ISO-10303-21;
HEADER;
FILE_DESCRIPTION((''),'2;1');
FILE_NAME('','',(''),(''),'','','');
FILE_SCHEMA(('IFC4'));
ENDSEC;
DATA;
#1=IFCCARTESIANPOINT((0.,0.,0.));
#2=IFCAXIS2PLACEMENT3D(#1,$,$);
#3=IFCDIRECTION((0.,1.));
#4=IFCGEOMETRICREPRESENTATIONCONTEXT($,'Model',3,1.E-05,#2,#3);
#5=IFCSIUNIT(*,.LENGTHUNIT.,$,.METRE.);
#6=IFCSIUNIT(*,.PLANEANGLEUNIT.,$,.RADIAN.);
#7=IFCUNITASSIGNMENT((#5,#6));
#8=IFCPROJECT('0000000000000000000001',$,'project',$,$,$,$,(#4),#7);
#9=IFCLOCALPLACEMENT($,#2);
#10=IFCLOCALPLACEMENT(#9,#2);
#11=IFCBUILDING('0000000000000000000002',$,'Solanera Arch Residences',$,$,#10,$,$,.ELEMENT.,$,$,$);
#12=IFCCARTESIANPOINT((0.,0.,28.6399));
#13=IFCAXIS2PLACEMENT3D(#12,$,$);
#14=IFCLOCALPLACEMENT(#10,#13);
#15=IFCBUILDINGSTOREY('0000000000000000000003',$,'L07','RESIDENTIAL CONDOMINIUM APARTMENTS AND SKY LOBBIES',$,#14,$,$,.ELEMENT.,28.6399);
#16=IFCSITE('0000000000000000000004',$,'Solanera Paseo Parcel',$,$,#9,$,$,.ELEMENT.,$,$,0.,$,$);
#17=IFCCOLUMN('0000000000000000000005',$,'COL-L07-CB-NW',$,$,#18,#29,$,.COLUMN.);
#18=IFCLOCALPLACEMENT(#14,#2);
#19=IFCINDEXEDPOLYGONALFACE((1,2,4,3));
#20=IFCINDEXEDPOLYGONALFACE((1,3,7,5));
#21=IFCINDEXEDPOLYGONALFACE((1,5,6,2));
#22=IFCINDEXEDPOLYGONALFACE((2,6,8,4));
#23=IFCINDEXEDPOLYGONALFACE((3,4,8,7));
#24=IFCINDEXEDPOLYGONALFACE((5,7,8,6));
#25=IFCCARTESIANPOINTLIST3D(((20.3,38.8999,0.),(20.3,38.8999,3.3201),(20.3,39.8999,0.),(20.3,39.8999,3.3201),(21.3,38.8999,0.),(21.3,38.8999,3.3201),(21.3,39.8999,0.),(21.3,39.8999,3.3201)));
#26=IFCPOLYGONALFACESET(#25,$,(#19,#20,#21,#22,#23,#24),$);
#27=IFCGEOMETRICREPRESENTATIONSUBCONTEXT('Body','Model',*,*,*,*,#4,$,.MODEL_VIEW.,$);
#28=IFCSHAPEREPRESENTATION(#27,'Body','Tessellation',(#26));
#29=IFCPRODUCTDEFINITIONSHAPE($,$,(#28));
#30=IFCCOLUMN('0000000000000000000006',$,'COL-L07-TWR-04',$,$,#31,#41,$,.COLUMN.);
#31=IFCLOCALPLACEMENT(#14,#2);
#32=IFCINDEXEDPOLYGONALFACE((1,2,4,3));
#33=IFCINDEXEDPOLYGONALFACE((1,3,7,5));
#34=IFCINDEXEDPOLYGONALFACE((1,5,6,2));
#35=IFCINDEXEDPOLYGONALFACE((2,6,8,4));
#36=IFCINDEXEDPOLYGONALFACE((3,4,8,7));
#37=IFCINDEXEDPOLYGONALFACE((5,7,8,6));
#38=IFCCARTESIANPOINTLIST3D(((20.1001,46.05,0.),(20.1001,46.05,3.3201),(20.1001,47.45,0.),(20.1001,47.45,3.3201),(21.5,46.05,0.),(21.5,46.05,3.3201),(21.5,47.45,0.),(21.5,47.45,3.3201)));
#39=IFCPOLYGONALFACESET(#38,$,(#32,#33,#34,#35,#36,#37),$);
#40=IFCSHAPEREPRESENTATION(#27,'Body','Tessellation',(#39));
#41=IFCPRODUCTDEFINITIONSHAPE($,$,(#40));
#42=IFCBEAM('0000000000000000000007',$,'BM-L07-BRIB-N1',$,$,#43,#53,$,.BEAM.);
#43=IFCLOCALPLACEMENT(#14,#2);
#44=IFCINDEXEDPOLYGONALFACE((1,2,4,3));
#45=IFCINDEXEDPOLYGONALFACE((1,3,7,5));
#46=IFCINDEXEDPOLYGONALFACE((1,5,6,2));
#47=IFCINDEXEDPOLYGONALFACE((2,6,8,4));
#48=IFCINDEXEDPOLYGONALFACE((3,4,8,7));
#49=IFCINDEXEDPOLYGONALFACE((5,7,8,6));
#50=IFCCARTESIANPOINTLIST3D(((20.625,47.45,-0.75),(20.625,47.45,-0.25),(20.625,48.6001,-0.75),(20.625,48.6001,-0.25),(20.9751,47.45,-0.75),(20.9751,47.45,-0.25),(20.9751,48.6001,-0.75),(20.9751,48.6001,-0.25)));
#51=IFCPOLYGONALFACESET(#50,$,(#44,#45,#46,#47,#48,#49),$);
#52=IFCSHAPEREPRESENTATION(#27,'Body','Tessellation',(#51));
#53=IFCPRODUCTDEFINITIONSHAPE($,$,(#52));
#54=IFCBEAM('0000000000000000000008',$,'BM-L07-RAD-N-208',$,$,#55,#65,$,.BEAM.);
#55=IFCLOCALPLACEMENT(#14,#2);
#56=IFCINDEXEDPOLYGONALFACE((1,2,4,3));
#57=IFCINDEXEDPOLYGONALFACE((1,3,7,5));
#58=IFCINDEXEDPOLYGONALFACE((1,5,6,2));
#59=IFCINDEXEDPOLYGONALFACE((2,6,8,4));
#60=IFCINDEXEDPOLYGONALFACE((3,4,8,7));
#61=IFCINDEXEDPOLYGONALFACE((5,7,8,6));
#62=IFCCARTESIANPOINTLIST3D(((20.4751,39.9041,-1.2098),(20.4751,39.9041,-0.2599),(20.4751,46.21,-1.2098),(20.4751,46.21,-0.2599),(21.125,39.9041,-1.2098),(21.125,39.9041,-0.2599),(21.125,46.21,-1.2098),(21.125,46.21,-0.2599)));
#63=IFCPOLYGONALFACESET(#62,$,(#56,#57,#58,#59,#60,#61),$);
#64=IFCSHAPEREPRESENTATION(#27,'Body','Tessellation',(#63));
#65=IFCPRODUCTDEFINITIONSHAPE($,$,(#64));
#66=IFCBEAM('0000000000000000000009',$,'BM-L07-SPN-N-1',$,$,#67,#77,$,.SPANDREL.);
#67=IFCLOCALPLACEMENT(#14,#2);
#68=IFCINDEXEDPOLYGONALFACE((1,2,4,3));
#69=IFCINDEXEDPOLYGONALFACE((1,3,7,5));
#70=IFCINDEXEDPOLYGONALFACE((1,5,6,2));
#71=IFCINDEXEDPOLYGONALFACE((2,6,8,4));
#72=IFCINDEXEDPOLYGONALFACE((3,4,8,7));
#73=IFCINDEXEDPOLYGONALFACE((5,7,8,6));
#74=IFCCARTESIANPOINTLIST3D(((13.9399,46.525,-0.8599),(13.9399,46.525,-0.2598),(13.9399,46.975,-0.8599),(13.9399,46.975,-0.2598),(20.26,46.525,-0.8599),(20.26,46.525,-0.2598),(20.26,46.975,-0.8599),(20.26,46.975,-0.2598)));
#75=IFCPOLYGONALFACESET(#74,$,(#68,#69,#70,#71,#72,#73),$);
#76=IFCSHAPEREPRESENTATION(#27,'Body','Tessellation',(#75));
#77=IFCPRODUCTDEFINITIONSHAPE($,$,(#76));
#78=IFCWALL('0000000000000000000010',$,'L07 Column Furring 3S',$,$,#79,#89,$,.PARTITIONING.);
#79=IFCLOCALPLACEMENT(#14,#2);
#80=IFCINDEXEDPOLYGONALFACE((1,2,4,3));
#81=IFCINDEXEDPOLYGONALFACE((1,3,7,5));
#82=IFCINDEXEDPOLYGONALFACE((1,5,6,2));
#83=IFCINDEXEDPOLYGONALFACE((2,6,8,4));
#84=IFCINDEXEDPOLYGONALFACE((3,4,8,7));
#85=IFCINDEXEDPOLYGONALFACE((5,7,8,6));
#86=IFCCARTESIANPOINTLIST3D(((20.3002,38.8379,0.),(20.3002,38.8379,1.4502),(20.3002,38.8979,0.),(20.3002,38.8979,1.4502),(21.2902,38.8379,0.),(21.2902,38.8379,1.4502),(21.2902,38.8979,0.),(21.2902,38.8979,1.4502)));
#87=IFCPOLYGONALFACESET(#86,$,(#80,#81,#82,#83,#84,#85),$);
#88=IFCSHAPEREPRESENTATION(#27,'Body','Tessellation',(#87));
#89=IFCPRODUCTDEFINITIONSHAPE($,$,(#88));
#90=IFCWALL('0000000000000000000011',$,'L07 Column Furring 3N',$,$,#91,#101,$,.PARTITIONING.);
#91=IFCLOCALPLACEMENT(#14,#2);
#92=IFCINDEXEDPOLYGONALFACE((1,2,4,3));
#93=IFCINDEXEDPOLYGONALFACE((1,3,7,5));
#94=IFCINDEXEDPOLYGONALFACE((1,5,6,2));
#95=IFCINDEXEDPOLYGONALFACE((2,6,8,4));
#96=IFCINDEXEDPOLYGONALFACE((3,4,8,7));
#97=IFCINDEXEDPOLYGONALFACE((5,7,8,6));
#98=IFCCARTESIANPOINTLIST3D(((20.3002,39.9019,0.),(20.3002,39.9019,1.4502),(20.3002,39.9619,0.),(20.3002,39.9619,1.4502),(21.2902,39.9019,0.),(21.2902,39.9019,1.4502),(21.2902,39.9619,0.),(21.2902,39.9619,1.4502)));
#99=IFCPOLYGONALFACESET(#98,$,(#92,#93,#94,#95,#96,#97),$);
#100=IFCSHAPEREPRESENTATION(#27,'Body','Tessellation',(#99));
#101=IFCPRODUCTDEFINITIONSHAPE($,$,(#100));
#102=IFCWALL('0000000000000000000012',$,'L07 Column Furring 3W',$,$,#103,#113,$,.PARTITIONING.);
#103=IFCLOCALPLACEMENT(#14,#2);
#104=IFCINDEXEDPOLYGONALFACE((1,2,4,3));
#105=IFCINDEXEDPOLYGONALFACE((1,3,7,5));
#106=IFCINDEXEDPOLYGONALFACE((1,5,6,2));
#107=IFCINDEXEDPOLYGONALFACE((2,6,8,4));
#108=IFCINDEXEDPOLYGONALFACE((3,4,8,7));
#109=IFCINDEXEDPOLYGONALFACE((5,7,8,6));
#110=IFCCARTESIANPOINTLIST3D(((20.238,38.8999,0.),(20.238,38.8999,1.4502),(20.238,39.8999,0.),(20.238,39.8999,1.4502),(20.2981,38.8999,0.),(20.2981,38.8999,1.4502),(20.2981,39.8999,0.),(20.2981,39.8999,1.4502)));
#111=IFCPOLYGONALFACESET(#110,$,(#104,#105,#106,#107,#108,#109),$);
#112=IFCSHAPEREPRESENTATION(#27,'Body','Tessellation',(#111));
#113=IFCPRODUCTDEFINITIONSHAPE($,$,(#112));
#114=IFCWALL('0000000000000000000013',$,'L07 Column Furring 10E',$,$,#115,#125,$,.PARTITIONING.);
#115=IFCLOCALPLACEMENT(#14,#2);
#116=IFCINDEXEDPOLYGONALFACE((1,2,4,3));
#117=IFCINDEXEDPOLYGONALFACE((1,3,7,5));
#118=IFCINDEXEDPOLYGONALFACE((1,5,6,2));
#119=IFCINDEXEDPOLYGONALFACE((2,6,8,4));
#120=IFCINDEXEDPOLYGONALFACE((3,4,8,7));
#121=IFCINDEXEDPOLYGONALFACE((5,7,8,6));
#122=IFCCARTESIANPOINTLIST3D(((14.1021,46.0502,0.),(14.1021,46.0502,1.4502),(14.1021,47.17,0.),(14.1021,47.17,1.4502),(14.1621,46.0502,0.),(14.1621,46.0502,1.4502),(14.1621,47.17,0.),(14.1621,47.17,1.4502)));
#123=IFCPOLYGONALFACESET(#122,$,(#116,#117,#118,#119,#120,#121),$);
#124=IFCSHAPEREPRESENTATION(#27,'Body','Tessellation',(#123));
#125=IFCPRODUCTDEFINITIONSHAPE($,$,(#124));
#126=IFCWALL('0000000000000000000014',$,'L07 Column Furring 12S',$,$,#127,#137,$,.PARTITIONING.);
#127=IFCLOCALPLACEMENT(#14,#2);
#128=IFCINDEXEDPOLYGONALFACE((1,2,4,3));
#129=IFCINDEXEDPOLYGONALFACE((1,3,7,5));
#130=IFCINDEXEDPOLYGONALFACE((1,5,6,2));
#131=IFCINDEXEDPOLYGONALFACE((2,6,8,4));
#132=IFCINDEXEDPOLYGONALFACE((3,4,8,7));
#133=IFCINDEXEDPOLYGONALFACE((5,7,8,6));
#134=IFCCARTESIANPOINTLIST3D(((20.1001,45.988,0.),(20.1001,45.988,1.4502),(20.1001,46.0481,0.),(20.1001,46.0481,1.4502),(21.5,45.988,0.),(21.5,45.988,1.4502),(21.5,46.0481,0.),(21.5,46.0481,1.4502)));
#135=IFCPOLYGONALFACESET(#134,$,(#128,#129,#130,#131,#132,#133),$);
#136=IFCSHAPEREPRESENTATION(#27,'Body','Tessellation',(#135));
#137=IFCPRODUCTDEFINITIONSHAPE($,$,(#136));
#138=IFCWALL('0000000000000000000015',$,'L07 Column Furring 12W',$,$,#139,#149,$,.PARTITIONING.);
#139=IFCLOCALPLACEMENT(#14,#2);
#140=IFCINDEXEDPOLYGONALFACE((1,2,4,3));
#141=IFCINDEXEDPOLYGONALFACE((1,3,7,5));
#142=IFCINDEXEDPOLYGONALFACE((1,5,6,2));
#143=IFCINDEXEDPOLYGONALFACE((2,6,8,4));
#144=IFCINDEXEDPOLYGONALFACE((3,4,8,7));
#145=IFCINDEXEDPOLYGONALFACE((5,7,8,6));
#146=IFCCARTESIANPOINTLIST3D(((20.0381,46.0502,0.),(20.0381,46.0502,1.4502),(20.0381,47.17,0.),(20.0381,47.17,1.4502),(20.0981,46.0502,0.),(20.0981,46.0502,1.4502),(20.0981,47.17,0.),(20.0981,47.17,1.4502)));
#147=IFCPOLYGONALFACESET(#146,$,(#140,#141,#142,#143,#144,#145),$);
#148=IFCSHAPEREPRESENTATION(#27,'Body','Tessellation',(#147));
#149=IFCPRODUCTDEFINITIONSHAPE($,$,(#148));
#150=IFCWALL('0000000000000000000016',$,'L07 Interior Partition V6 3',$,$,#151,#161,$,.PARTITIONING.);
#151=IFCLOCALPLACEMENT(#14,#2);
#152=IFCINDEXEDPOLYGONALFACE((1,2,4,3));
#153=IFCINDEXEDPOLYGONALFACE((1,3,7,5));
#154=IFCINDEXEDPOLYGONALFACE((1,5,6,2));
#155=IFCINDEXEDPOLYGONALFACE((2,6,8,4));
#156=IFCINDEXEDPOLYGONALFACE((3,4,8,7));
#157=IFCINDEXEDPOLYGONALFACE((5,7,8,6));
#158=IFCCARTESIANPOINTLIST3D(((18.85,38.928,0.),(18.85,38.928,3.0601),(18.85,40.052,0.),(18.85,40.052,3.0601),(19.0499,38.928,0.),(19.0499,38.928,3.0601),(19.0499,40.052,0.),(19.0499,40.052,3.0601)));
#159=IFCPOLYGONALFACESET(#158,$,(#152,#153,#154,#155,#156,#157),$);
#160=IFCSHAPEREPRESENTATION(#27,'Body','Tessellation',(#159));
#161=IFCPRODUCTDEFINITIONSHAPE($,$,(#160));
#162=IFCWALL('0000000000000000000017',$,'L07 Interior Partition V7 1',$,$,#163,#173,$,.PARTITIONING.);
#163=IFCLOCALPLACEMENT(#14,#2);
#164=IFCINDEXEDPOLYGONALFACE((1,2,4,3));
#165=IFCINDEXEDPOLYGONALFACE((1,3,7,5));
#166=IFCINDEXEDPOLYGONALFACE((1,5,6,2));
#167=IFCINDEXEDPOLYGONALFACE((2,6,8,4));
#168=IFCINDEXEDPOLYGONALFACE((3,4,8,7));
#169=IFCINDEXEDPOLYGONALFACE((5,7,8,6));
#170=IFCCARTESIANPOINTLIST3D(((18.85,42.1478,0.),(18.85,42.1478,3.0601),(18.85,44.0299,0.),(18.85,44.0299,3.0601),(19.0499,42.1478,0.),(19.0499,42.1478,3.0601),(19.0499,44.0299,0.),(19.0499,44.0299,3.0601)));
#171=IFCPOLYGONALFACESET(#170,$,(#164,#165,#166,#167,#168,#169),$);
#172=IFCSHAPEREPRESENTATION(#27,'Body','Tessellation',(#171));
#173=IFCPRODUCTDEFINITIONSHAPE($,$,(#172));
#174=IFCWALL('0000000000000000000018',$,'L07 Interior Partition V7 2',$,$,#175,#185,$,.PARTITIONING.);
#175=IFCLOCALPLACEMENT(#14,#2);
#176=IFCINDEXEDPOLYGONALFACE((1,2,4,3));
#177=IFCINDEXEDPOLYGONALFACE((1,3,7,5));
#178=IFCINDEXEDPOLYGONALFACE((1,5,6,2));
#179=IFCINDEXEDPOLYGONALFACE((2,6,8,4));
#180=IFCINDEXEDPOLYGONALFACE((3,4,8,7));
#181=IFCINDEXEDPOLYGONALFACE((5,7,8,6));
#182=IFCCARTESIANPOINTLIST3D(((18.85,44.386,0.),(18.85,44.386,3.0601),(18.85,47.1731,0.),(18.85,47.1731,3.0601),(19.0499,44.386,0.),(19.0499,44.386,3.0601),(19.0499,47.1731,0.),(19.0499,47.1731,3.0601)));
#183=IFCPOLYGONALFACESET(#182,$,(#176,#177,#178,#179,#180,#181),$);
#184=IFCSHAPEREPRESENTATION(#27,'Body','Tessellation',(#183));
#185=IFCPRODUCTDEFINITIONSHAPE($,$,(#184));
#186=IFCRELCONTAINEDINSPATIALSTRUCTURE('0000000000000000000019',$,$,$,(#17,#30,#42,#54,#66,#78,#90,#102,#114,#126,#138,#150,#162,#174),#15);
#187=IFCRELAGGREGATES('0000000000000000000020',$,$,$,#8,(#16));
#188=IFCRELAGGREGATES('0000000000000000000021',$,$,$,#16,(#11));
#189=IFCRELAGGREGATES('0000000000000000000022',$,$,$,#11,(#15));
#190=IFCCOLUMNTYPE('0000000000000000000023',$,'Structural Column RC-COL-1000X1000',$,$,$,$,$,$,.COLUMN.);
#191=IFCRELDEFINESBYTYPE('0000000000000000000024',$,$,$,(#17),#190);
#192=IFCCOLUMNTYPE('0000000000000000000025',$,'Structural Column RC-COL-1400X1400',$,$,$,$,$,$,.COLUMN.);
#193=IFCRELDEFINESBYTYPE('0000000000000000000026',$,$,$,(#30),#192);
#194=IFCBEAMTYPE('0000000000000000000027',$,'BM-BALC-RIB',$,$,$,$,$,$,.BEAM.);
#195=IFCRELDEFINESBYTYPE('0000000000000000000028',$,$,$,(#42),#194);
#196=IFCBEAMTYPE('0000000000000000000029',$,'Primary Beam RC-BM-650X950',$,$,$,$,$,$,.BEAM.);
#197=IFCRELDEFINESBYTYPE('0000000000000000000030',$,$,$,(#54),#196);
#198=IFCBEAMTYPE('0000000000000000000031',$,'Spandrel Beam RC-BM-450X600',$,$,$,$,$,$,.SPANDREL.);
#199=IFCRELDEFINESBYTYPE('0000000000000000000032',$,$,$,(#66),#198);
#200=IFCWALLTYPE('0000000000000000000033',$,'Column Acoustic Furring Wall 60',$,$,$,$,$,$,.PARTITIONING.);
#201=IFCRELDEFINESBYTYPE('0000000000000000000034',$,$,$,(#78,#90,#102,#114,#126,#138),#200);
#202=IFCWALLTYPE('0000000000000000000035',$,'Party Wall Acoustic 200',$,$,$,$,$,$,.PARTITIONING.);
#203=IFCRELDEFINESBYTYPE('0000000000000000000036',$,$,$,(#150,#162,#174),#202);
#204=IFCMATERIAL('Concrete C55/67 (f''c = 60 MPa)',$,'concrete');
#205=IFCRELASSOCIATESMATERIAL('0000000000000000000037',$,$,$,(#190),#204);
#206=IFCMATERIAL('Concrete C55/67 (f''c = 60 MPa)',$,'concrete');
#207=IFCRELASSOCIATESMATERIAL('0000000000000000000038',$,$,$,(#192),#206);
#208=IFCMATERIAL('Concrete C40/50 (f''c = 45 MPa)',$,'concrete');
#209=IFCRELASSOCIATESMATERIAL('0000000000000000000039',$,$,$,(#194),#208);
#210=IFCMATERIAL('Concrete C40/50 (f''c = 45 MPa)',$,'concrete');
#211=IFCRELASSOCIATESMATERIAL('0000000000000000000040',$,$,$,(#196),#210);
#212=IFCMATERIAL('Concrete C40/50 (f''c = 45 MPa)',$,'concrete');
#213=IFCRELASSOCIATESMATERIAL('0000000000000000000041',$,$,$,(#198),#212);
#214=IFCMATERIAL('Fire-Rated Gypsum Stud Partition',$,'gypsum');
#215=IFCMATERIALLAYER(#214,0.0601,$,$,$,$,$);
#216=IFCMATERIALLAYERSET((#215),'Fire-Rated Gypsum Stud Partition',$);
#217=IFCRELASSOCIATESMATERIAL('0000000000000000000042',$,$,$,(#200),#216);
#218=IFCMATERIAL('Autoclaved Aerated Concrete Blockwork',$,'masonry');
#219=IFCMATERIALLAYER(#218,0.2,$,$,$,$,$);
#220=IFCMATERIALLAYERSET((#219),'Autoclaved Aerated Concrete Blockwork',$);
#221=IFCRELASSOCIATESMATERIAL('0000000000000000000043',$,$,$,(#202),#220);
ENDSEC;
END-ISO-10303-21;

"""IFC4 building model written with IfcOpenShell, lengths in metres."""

from ifc_helpers import new_model, si_unit, direction, frame, frame_2d, origin, origin_2d, place, context, subcontext, project, spatial, rectangle, extrude, material, layer, layer_set, material_profile, profile_set, type_object, element, save


model = new_model("IFC4")

# Units and contexts
model_context = context("Model", 3, precision=1e-05, world=origin(), true_north=direction((0.0, 1.0)))
body_context = subcontext(model_context, "Body", "Model", "MODEL_VIEW")
ifc_project = project(units=[si_unit("LENGTHUNIT", "METRE"), si_unit("PLANEANGLEUNIT", "RADIAN")], contexts=[model_context])

# Site, building, storey
site_placement = place(None, origin())
site = spatial("IfcSite", under=ifc_project, at=site_placement, Name="Solanera Paseo Parcel", CompositionType="ELEMENT", RefElevation=0.0)
building_placement = place(site_placement, origin())
building = spatial("IfcBuilding", under=site, at=building_placement, Name="Solanera Arch Residences", CompositionType="ELEMENT")
storey_placement = place(building_placement, frame((0.0, 0.0, 28.6399)))
storey = spatial("IfcBuildingStorey", under=building, at=storey_placement, Name="L07", Description="RESIDENTIAL CONDOMINIUM APARTMENTS AND SKY LOBBIES", CompositionType="ELEMENT", Elevation=28.6399)

# Columns
ifc_material_1 = material(Name="Concrete C55/67 (f'c = 60 MPa)", Category="concrete")
ifc_material_profile_1 = material_profile(ifc_material_1, rectangle(XDim=1.0, YDim=1.0, at=origin_2d()))
ifc_profile_set_1 = profile_set([ifc_material_profile_1], Name="Concrete C55/67 (f'c = 60 MPa)")
column_type_1 = type_object("IfcColumnType", Name="Structural Column RC-COL-1000X1000", PredefinedType="COLUMN", material=ifc_profile_set_1)
column_1_placement = place(storey_placement, frame((20.8, 39.3999, 0.0), z_axis=(0.0, 0.0, 1.0), x_axis=(1.0, 0.0, 0.0)))
element("IfcColumn", 1, at=column_1_placement, inside=storey, type_object=column_type_1, Name="COL-L07-CB-NW", PredefinedType="COLUMN", context=body_context, shape_type="SweptSolid", body=[
    extrude(rectangle(XDim=1.0, YDim=1.0, at=origin_2d()), origin(), (0.0, 0.0, 1.0), 3.3201),
])
ifc_material_2 = material(Name="Concrete C55/67 (f'c = 60 MPa)", Category="concrete")
ifc_material_profile_2 = material_profile(ifc_material_2, rectangle(XDim=1.3999, YDim=1.3999, at=origin_2d()))
ifc_profile_set_2 = profile_set([ifc_material_profile_2], Name="Concrete C55/67 (f'c = 60 MPa)")
column_type_2 = type_object("IfcColumnType", Name="Structural Column RC-COL-1400X1400", PredefinedType="COLUMN", material=ifc_profile_set_2)
column_2_placement = place(storey_placement, frame((20.8, 46.75, 0.0), z_axis=(0.0, 0.0, 1.0), x_axis=(1.0, 0.0, 0.0)))
element("IfcColumn", 2, at=column_2_placement, inside=storey, type_object=column_type_2, Name="COL-L07-TWR-04", PredefinedType="COLUMN", context=body_context, shape_type="SweptSolid", body=[
    extrude(rectangle(XDim=1.3999, YDim=1.3999, at=origin_2d()), origin(), (0.0, 0.0, 1.0), 3.3201),
])

# Beams
ifc_material_3 = material(Name="Concrete C40/50 (f'c = 45 MPa)", Category="concrete")
ifc_material_profile_3 = material_profile(ifc_material_3, rectangle(XDim=0.3501, YDim=0.5, at=origin_2d()))
ifc_profile_set_3 = profile_set([ifc_material_profile_3], Name="Concrete C40/50 (f'c = 45 MPa)")
beam_type_1 = type_object("IfcBeamType", Name="BM-BALC-RIB", PredefinedType="BEAM", material=ifc_profile_set_3)
beam_1_placement = place(storey_placement, frame((20.8, 47.45, -0.5), z_axis=(0.0, 1.0, 0.0), x_axis=(-1.0, 0.0, 0.0)))
element("IfcBeam", 3, at=beam_1_placement, inside=storey, type_object=beam_type_1, Name="BM-L07-BRIB-N1", PredefinedType="BEAM", context=body_context, shape_type="SweptSolid", body=[
    extrude(rectangle(XDim=0.3501, YDim=0.5, at=origin_2d()), origin(), (0.0, 0.0, 1.0), 1.1501),
])
ifc_material_4 = material(Name="Concrete C40/50 (f'c = 45 MPa)", Category="concrete")
ifc_material_profile_4 = material_profile(ifc_material_4, rectangle(XDim=0.6499, YDim=0.95, at=origin_2d()))
ifc_profile_set_4 = profile_set([ifc_material_profile_4], Name="Concrete C40/50 (f'c = 45 MPa)")
beam_type_2 = type_object("IfcBeamType", Name="Primary Beam RC-BM-650X950", PredefinedType="BEAM", material=ifc_profile_set_4)
beam_2_placement = place(storey_placement, frame((20.8, 39.9041, -0.7349), z_axis=(0.0, 1.0, 0.0), x_axis=(-1.0, 0.0, 0.0)))
element("IfcBeam", 4, at=beam_2_placement, inside=storey, type_object=beam_type_2, Name="BM-L07-RAD-N-208", PredefinedType="BEAM", context=body_context, shape_type="SweptSolid", body=[
    extrude(rectangle(XDim=0.6499, YDim=0.95, at=origin_2d()), origin(), (0.0, 0.0, 1.0), 6.3059),
])
ifc_material_5 = material(Name="Concrete C40/50 (f'c = 45 MPa)", Category="concrete")
ifc_material_profile_5 = material_profile(ifc_material_5, rectangle(XDim=0.45, YDim=0.6001, at=origin_2d()))
ifc_profile_set_5 = profile_set([ifc_material_profile_5], Name="Concrete C40/50 (f'c = 45 MPa)")
beam_type_3 = type_object("IfcBeamType", Name="Spandrel Beam RC-BM-450X600", PredefinedType="SPANDREL", material=ifc_profile_set_5)
beam_3_placement = place(storey_placement, frame((13.9399, 46.75, -0.5598), z_axis=(1.0, 0.0, 0.0), x_axis=(0.0, 1.0, 0.0)))
element("IfcBeam", 5, at=beam_3_placement, inside=storey, type_object=beam_type_3, Name="BM-L07-SPN-N-1", PredefinedType="SPANDREL", context=body_context, shape_type="SweptSolid", body=[
    extrude(rectangle(XDim=0.45, YDim=0.6001, at=origin_2d()), origin(), (0.0, 0.0, 1.0), 6.3201),
])

# Walls
ifc_material_6 = material(Name="Fire-Rated Gypsum Stud Partition", Category="gypsum")
ifc_layer_1 = layer(ifc_material_6, 0.0601)
ifc_layer_set_1 = layer_set([ifc_layer_1], Name="Fire-Rated Gypsum Stud Partition")
wall_type_1 = type_object("IfcWallType", Name="Column Acoustic Furring Wall 60", PredefinedType="PARTITIONING", material=ifc_layer_set_1)
for number, where, z_axis, x_axis, name in (
    (6, (20.3, 38.8679, 0.0), (0.0, 0.0, 1.0), (1.0, 0.0, 0.0), "L07 Column Furring 3S"),
    (7, (20.3, 39.9319, 0.0), (0.0, 0.0, 1.0), (1.0, 0.0, 0.0), "L07 Column Furring 3N"),
):
    element("IfcWall", number, at=place(storey_placement, frame(where, z_axis=z_axis, x_axis=x_axis)), inside=storey, type_object=wall_type_1, Name=name, PredefinedType="PARTITIONING", context=body_context, shape_type="SweptSolid", body=[
        extrude(rectangle(XDim=0.99, YDim=0.0601, at=frame_2d((0.4951, 0.0))), origin(), (0.0, 0.0, 1.0), 1.4502),
    ])
wall_1_placement = place(storey_placement, frame((20.2681, 38.8999, 0.0), z_axis=(0.0, 0.0, 1.0), x_axis=(0.0, 1.0, 0.0)))
element("IfcWall", 8, at=wall_1_placement, inside=storey, type_object=wall_type_1, Name="L07 Column Furring 3W", PredefinedType="PARTITIONING", context=body_context, shape_type="SweptSolid", body=[
    extrude(rectangle(XDim=1.0, YDim=0.0601, at=frame_2d((0.5, 0.0))), origin(), (0.0, 0.0, 1.0), 1.4502),
])
wall_2_placement = place(storey_placement, frame((14.1321, 46.05, 0.0), z_axis=(0.0, 0.0, 1.0), x_axis=(0.0, 1.0, 0.0)))
element("IfcWall", 9, at=wall_2_placement, inside=storey, type_object=wall_type_1, Name="L07 Column Furring 10E", PredefinedType="PARTITIONING", context=body_context, shape_type="SweptSolid", body=[
    extrude(rectangle(XDim=1.1199, YDim=0.0601, at=frame_2d((0.5601, 0.0))), origin(), (0.0, 0.0, 1.0), 1.4502),
])
wall_3_placement = place(storey_placement, frame((20.1001, 46.0181, 0.0), z_axis=(0.0, 0.0, 1.0), x_axis=(1.0, 0.0, 0.0)))
element("IfcWall", 10, at=wall_3_placement, inside=storey, type_object=wall_type_1, Name="L07 Column Furring 12S", PredefinedType="PARTITIONING", context=body_context, shape_type="SweptSolid", body=[
    extrude(rectangle(XDim=1.3999, YDim=0.0601, at=frame_2d((0.7, 0.0))), origin(), (0.0, 0.0, 1.0), 1.4502),
])
wall_4_placement = place(storey_placement, frame((20.0681, 46.05, 0.0), z_axis=(0.0, 0.0, 1.0), x_axis=(0.0, 1.0, 0.0)))
element("IfcWall", 11, at=wall_4_placement, inside=storey, type_object=wall_type_1, Name="L07 Column Furring 12W", PredefinedType="PARTITIONING", context=body_context, shape_type="SweptSolid", body=[
    extrude(rectangle(XDim=1.1199, YDim=0.0601, at=frame_2d((0.5601, 0.0))), origin(), (0.0, 0.0, 1.0), 1.4502),
])
ifc_material_7 = material(Name="Autoclaved Aerated Concrete Blockwork", Category="masonry")
ifc_layer_2 = layer(ifc_material_7, 0.2)
ifc_layer_set_2 = layer_set([ifc_layer_2], Name="Autoclaved Aerated Concrete Blockwork")
wall_type_2 = type_object("IfcWallType", Name="Party Wall Acoustic 200", PredefinedType="PARTITIONING", material=ifc_layer_set_2)
wall_5_placement = place(storey_placement, frame((18.95, 38.928, 0.0), z_axis=(0.0, 0.0, 1.0), x_axis=(0.0, 1.0, 0.0)))
element("IfcWall", 12, at=wall_5_placement, inside=storey, type_object=wall_type_2, Name="L07 Interior Partition V6 3", PredefinedType="PARTITIONING", context=body_context, shape_type="SweptSolid", body=[
    extrude(rectangle(XDim=1.124, YDim=0.2, at=frame_2d((0.562, 0.0))), origin(), (0.0, 0.0, 1.0), 3.0601),
])
wall_6_placement = place(storey_placement, frame((18.95, 42.1479, 0.0), z_axis=(0.0, 0.0, 1.0), x_axis=(0.0, 1.0, 0.0)))
element("IfcWall", 13, at=wall_6_placement, inside=storey, type_object=wall_type_2, Name="L07 Interior Partition V7 1", PredefinedType="PARTITIONING", context=body_context, shape_type="SweptSolid", body=[
    extrude(rectangle(XDim=1.8821, YDim=0.2, at=frame_2d((0.9409, 0.0))), origin(), (0.0, 0.0, 1.0), 3.0601),
])
wall_7_placement = place(storey_placement, frame((18.95, 44.386, 0.0), z_axis=(0.0, 0.0, 1.0), x_axis=(0.0, 1.0, 0.0)))
element("IfcWall", 14, at=wall_7_placement, inside=storey, type_object=wall_type_2, Name="L07 Interior Partition V7 2", PredefinedType="PARTITIONING", context=body_context, shape_type="SweptSolid", body=[
    extrude(rectangle(XDim=2.7871, YDim=0.2, at=frame_2d((1.3936, 0.0))), origin(), (0.0, 0.0, 1.0), 3.0601),
])

save(model, "model.ifc")
